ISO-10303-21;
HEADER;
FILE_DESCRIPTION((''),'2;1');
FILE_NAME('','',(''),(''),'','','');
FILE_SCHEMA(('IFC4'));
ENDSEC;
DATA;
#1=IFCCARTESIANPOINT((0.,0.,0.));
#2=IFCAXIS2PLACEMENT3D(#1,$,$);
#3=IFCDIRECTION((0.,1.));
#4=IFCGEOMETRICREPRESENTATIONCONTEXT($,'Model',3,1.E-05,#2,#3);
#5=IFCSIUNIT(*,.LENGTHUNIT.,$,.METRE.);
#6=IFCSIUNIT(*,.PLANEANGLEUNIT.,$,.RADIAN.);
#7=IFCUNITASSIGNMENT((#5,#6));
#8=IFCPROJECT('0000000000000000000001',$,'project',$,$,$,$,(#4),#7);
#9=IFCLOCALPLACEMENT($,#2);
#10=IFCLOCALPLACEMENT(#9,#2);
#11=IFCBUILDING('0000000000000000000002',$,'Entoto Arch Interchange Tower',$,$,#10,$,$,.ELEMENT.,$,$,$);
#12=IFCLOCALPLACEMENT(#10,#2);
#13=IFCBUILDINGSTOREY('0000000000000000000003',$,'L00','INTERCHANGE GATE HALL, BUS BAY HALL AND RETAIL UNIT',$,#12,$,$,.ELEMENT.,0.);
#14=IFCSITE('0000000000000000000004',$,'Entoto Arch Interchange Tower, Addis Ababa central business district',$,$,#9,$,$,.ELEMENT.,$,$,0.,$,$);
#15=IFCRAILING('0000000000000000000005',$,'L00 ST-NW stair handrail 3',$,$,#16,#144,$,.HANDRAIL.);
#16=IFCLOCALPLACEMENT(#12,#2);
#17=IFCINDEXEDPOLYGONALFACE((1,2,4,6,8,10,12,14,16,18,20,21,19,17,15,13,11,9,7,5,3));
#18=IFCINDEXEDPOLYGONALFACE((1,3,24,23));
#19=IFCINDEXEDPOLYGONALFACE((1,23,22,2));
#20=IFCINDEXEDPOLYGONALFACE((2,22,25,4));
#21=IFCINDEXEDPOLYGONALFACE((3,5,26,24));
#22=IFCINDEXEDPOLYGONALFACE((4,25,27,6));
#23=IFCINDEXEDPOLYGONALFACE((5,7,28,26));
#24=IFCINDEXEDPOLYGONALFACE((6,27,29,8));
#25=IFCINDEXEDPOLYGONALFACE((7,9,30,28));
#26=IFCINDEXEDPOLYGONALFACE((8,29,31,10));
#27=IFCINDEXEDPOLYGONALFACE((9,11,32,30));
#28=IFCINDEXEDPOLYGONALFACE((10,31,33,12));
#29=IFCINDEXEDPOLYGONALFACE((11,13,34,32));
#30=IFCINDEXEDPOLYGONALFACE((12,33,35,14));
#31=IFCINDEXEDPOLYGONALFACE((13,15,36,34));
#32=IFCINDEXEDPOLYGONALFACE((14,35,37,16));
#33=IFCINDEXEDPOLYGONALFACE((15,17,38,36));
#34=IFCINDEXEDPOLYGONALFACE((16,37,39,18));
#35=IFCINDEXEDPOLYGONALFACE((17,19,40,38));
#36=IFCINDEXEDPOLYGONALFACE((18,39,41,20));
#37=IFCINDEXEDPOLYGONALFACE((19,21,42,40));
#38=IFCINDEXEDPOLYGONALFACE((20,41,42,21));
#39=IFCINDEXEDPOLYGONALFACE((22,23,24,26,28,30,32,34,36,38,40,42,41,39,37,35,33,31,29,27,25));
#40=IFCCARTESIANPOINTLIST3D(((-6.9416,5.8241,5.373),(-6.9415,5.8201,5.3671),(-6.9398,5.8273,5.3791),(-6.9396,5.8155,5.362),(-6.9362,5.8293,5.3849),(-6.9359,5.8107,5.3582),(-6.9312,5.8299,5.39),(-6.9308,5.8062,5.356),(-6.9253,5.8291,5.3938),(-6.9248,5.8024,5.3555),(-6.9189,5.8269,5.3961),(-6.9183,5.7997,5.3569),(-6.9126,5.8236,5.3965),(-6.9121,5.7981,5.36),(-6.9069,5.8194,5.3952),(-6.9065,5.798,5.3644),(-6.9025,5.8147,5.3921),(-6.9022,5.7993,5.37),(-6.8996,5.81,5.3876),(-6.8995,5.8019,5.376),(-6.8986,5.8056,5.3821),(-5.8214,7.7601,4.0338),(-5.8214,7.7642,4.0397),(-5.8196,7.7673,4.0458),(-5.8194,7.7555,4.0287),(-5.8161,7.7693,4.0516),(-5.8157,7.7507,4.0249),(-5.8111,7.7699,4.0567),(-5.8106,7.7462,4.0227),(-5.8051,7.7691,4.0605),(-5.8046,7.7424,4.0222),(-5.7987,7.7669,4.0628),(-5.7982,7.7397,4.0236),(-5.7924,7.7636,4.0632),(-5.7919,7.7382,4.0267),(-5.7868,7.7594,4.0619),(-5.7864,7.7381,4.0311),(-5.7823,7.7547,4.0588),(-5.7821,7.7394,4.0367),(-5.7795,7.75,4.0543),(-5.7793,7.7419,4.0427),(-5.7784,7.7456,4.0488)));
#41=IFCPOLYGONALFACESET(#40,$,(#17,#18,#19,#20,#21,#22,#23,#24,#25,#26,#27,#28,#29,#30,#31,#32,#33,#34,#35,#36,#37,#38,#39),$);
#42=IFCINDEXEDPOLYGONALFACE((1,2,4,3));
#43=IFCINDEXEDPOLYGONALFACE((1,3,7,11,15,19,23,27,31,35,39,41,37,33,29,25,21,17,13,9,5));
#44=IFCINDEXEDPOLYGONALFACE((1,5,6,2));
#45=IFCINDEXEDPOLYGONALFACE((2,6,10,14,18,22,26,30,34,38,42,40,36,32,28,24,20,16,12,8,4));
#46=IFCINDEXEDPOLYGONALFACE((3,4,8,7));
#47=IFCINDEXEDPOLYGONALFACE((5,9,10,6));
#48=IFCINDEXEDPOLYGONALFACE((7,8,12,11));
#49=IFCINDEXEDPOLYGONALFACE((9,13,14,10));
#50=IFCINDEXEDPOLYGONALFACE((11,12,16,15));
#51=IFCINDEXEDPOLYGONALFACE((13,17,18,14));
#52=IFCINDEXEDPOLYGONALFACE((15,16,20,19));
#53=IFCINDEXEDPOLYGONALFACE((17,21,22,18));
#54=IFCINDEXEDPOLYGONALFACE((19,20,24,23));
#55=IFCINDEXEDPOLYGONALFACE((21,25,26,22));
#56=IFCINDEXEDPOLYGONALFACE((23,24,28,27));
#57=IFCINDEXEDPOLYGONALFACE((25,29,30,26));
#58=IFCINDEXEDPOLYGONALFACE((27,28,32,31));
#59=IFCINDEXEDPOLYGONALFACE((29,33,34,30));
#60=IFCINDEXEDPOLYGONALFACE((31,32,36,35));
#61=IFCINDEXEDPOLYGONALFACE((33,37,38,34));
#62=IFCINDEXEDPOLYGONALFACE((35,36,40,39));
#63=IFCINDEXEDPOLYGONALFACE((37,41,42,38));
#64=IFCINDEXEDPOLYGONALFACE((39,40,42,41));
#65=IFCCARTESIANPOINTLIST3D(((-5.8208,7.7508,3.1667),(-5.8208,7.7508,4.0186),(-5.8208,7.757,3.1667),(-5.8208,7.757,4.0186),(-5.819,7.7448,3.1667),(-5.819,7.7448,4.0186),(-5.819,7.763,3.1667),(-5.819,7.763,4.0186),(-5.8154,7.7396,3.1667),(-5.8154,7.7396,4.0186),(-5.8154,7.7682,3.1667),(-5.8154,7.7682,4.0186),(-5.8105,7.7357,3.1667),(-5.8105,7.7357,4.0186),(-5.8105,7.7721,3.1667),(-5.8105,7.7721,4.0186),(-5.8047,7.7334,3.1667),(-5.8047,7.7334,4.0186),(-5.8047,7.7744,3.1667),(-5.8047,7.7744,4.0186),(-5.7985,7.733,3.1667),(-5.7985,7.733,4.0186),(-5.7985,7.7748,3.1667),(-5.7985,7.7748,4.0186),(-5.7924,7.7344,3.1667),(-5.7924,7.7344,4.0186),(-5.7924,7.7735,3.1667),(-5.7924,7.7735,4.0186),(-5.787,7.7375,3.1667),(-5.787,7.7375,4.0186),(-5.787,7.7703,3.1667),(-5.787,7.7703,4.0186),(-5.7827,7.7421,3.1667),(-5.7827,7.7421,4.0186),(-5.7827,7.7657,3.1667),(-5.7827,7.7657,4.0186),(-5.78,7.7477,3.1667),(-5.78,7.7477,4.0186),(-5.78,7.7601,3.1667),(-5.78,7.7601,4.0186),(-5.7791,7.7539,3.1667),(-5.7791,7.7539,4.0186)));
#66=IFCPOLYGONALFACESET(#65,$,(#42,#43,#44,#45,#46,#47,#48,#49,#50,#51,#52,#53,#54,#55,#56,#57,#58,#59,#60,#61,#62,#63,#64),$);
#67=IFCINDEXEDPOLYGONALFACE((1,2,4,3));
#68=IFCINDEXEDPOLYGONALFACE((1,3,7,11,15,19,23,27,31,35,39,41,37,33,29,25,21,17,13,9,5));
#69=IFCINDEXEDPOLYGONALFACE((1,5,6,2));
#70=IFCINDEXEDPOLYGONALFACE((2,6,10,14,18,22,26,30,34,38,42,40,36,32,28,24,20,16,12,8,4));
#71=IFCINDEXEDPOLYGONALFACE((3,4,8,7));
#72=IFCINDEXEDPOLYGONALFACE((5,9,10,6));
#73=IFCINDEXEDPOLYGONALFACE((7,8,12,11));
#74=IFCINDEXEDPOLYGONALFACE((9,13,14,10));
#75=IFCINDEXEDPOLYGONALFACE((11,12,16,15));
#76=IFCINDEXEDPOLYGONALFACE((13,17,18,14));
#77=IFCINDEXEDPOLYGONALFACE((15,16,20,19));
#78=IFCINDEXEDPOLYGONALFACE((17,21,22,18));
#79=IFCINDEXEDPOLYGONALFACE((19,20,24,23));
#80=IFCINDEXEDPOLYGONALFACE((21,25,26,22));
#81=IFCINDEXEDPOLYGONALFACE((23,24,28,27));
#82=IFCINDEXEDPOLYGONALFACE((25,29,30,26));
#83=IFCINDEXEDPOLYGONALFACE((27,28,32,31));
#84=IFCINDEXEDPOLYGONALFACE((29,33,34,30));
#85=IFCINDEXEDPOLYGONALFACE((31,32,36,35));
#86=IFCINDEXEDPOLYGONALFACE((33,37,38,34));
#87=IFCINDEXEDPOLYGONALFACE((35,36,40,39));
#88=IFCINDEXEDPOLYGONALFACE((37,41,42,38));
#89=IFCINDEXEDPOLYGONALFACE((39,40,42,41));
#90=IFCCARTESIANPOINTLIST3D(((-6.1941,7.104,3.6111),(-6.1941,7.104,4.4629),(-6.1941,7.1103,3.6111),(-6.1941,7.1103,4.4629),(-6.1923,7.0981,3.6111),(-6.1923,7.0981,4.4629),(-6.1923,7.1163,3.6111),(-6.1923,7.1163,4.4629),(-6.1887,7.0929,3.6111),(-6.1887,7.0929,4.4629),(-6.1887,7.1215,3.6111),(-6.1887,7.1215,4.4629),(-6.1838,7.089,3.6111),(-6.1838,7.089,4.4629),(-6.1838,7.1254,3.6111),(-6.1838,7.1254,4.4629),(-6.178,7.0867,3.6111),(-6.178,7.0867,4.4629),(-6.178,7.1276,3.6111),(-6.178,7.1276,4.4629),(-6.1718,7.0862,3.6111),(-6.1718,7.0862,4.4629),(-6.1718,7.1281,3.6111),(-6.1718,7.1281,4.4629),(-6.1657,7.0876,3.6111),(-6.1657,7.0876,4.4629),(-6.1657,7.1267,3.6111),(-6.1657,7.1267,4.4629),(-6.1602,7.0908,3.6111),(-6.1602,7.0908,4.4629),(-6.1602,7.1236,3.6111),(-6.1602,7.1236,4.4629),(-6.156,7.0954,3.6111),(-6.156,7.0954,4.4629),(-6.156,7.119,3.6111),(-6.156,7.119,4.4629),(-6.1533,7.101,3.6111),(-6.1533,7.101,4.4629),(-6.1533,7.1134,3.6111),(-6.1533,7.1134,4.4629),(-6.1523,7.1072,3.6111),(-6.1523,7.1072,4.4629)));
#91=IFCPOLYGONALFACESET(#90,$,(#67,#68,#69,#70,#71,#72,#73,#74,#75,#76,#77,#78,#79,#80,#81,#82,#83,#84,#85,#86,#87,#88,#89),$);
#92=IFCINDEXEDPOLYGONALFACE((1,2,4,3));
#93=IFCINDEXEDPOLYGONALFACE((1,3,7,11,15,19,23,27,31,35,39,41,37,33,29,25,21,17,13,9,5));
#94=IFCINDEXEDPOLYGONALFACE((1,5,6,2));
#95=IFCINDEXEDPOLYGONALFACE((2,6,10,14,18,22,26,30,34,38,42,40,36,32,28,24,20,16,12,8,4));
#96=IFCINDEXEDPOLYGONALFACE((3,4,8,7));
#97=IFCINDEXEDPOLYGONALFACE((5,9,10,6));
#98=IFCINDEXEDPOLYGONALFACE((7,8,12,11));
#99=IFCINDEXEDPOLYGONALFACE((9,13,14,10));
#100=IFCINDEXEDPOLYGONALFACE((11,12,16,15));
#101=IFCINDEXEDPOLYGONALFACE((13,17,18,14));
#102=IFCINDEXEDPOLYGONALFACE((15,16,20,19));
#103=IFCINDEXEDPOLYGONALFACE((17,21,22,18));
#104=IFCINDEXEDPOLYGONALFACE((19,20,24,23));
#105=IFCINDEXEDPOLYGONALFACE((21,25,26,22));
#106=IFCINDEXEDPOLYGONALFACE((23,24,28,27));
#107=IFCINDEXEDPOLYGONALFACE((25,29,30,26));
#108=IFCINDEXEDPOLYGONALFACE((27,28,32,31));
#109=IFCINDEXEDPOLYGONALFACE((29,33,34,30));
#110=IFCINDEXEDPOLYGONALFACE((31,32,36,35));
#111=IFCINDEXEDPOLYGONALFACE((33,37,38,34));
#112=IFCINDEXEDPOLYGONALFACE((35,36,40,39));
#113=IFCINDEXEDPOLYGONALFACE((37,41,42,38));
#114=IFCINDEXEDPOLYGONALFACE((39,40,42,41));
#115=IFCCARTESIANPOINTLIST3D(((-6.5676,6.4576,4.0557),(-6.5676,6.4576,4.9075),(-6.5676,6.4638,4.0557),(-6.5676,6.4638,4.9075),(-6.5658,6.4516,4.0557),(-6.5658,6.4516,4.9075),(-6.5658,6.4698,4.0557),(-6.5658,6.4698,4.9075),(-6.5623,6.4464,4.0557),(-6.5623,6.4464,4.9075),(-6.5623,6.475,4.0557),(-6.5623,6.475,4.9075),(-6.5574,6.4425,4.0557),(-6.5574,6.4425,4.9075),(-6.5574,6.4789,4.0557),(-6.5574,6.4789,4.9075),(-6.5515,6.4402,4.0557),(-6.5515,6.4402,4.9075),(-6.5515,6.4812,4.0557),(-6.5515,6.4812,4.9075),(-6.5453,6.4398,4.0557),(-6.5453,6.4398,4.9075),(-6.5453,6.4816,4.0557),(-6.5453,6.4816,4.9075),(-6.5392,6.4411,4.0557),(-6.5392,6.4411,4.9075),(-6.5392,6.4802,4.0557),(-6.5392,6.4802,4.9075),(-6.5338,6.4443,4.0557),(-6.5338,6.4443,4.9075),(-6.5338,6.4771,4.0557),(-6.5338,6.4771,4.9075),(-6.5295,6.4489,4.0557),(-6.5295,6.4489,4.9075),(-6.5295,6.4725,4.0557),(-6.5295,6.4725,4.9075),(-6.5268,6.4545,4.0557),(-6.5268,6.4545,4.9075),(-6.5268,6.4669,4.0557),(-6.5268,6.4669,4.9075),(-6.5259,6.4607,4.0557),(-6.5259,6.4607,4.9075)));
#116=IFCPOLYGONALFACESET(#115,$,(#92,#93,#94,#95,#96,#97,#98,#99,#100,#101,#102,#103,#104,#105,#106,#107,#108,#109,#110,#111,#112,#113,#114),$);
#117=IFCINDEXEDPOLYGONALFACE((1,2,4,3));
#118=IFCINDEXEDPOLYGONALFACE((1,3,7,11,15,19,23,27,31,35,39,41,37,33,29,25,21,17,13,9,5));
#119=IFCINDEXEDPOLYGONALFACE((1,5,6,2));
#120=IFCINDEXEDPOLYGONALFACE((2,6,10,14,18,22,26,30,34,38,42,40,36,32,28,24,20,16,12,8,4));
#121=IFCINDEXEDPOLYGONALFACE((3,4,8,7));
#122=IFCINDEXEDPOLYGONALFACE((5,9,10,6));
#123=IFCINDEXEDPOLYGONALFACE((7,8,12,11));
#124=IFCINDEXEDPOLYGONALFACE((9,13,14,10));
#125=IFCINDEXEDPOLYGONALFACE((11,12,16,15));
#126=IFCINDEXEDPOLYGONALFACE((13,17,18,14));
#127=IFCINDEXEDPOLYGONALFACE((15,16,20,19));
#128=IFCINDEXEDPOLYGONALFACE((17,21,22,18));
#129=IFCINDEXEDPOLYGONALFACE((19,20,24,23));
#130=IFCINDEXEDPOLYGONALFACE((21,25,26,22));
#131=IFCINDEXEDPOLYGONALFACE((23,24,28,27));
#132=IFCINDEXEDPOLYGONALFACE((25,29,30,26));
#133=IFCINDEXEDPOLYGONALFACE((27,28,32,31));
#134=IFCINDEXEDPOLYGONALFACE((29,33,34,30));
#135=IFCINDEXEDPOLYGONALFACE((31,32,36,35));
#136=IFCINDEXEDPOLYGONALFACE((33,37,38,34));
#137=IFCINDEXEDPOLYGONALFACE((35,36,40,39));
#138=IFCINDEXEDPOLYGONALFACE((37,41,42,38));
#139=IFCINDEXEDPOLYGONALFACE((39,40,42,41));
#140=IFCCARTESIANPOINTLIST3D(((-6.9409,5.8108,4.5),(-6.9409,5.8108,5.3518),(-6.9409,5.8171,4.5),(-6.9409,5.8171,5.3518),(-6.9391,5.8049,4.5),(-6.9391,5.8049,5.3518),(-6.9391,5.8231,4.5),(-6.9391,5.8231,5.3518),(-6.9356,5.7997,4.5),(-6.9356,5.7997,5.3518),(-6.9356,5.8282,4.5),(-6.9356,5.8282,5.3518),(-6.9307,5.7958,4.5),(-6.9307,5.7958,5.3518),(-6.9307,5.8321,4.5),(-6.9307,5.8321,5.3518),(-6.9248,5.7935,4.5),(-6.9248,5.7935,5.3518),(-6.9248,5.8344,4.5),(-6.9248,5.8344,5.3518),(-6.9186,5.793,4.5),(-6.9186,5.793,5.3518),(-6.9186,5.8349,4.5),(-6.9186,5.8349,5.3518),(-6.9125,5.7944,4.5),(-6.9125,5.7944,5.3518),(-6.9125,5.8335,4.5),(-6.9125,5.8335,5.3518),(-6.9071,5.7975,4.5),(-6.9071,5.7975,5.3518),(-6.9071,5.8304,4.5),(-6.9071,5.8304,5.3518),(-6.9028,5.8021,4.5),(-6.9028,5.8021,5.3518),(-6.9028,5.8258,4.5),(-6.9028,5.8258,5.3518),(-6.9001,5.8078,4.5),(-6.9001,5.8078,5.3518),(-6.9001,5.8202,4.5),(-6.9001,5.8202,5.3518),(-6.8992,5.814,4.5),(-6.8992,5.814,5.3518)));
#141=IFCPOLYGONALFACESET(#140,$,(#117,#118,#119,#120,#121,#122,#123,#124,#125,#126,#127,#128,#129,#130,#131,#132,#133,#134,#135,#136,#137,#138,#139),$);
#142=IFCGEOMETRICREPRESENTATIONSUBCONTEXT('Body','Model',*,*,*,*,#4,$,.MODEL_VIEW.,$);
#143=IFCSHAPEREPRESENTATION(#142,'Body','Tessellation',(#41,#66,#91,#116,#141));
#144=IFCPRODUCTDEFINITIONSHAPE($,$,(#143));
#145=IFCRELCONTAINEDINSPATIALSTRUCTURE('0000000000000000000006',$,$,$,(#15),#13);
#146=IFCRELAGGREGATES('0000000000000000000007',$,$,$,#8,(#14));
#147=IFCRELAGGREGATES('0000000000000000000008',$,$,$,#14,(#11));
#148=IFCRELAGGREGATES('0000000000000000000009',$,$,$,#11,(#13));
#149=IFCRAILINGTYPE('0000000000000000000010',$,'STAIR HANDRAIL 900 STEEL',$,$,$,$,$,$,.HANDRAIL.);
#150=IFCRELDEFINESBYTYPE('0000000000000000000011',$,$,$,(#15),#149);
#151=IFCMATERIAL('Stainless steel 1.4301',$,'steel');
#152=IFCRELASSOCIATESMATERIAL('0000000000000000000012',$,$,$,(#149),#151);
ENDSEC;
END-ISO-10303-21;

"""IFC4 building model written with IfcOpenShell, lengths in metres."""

from ifc_helpers import new_model, si_unit, direction, frame, origin, origin_2d, place, context, subcontext, project, spatial, circle, extrude, material, type_object, element, save


model = new_model("IFC4")

# Units and contexts
model_context = context("Model", 3, precision=1e-05, world=origin(), true_north=direction((0.0, 1.0)))
body_context = subcontext(model_context, "Body", "Model", "MODEL_VIEW")
ifc_project = project(units=[si_unit("LENGTHUNIT", "METRE"), si_unit("PLANEANGLEUNIT", "RADIAN")], contexts=[model_context])

# Site, building, storey
site_placement = place(None, origin())
site = spatial("IfcSite", under=ifc_project, at=site_placement, Name="Entoto Arch Interchange Tower, Addis Ababa central business district", CompositionType="ELEMENT", RefElevation=0.0)
building_placement = place(site_placement, origin())
building = spatial("IfcBuilding", under=site, at=building_placement, Name="Entoto Arch Interchange Tower", CompositionType="ELEMENT")
storey_placement = place(building_placement, origin())
storey = spatial("IfcBuildingStorey", under=building, at=storey_placement, Name="L00", Description="INTERCHANGE GATE HALL, BUS BAY HALL AND RETAIL UNIT", CompositionType="ELEMENT", Elevation=0.0)

# Railing
ifc_material_1 = material(Name="Stainless steel 1.4301", Category="steel")
railing_type_1 = type_object("IfcRailingType", Name="STAIR HANDRAIL 900 STEEL", PredefinedType="HANDRAIL", material=ifc_material_1)
for number, where, name in (
    (1, (-5.8, 7.7539, 3.1667), "L00 ST-NW stair handrail 3"),
):
    element("IfcRailing", number, at=place(storey_placement, frame(where)), inside=storey, type_object=railing_type_1, Name=name, PredefinedType="HANDRAIL", context=body_context, shape_type="SweptSolid", body=[
        extrude(circle(Radius=0.0239, at=origin_2d()), frame((0.0, 0.0, 0.876), z_axis=(-0.429684, -0.744175, 0.511444), x_axis=(0.866008, -0.500031, 0.0)), (0.0, 0.0, 1.0), 2.6069),
        extrude(circle(Radius=0.021, at=origin_2d()), origin(), (0.0, 0.0, 1.0), 0.8518),
        extrude(circle(Radius=0.021, at=origin_2d()), frame((-0.3733, -0.6467, 0.4443)), (0.0, 0.0, 1.0), 0.8518),
        extrude(circle(Radius=0.021, at=origin_2d()), frame((-0.7468, -1.2932, 0.8889)), (0.0, 0.0, 1.0), 0.8518),
        extrude(circle(Radius=0.021, at=origin_2d()), frame((-1.1201, -1.9399, 1.3333)), (0.0, 0.0, 1.0), 0.8518),
    ])

save(model, "model.ifc")
